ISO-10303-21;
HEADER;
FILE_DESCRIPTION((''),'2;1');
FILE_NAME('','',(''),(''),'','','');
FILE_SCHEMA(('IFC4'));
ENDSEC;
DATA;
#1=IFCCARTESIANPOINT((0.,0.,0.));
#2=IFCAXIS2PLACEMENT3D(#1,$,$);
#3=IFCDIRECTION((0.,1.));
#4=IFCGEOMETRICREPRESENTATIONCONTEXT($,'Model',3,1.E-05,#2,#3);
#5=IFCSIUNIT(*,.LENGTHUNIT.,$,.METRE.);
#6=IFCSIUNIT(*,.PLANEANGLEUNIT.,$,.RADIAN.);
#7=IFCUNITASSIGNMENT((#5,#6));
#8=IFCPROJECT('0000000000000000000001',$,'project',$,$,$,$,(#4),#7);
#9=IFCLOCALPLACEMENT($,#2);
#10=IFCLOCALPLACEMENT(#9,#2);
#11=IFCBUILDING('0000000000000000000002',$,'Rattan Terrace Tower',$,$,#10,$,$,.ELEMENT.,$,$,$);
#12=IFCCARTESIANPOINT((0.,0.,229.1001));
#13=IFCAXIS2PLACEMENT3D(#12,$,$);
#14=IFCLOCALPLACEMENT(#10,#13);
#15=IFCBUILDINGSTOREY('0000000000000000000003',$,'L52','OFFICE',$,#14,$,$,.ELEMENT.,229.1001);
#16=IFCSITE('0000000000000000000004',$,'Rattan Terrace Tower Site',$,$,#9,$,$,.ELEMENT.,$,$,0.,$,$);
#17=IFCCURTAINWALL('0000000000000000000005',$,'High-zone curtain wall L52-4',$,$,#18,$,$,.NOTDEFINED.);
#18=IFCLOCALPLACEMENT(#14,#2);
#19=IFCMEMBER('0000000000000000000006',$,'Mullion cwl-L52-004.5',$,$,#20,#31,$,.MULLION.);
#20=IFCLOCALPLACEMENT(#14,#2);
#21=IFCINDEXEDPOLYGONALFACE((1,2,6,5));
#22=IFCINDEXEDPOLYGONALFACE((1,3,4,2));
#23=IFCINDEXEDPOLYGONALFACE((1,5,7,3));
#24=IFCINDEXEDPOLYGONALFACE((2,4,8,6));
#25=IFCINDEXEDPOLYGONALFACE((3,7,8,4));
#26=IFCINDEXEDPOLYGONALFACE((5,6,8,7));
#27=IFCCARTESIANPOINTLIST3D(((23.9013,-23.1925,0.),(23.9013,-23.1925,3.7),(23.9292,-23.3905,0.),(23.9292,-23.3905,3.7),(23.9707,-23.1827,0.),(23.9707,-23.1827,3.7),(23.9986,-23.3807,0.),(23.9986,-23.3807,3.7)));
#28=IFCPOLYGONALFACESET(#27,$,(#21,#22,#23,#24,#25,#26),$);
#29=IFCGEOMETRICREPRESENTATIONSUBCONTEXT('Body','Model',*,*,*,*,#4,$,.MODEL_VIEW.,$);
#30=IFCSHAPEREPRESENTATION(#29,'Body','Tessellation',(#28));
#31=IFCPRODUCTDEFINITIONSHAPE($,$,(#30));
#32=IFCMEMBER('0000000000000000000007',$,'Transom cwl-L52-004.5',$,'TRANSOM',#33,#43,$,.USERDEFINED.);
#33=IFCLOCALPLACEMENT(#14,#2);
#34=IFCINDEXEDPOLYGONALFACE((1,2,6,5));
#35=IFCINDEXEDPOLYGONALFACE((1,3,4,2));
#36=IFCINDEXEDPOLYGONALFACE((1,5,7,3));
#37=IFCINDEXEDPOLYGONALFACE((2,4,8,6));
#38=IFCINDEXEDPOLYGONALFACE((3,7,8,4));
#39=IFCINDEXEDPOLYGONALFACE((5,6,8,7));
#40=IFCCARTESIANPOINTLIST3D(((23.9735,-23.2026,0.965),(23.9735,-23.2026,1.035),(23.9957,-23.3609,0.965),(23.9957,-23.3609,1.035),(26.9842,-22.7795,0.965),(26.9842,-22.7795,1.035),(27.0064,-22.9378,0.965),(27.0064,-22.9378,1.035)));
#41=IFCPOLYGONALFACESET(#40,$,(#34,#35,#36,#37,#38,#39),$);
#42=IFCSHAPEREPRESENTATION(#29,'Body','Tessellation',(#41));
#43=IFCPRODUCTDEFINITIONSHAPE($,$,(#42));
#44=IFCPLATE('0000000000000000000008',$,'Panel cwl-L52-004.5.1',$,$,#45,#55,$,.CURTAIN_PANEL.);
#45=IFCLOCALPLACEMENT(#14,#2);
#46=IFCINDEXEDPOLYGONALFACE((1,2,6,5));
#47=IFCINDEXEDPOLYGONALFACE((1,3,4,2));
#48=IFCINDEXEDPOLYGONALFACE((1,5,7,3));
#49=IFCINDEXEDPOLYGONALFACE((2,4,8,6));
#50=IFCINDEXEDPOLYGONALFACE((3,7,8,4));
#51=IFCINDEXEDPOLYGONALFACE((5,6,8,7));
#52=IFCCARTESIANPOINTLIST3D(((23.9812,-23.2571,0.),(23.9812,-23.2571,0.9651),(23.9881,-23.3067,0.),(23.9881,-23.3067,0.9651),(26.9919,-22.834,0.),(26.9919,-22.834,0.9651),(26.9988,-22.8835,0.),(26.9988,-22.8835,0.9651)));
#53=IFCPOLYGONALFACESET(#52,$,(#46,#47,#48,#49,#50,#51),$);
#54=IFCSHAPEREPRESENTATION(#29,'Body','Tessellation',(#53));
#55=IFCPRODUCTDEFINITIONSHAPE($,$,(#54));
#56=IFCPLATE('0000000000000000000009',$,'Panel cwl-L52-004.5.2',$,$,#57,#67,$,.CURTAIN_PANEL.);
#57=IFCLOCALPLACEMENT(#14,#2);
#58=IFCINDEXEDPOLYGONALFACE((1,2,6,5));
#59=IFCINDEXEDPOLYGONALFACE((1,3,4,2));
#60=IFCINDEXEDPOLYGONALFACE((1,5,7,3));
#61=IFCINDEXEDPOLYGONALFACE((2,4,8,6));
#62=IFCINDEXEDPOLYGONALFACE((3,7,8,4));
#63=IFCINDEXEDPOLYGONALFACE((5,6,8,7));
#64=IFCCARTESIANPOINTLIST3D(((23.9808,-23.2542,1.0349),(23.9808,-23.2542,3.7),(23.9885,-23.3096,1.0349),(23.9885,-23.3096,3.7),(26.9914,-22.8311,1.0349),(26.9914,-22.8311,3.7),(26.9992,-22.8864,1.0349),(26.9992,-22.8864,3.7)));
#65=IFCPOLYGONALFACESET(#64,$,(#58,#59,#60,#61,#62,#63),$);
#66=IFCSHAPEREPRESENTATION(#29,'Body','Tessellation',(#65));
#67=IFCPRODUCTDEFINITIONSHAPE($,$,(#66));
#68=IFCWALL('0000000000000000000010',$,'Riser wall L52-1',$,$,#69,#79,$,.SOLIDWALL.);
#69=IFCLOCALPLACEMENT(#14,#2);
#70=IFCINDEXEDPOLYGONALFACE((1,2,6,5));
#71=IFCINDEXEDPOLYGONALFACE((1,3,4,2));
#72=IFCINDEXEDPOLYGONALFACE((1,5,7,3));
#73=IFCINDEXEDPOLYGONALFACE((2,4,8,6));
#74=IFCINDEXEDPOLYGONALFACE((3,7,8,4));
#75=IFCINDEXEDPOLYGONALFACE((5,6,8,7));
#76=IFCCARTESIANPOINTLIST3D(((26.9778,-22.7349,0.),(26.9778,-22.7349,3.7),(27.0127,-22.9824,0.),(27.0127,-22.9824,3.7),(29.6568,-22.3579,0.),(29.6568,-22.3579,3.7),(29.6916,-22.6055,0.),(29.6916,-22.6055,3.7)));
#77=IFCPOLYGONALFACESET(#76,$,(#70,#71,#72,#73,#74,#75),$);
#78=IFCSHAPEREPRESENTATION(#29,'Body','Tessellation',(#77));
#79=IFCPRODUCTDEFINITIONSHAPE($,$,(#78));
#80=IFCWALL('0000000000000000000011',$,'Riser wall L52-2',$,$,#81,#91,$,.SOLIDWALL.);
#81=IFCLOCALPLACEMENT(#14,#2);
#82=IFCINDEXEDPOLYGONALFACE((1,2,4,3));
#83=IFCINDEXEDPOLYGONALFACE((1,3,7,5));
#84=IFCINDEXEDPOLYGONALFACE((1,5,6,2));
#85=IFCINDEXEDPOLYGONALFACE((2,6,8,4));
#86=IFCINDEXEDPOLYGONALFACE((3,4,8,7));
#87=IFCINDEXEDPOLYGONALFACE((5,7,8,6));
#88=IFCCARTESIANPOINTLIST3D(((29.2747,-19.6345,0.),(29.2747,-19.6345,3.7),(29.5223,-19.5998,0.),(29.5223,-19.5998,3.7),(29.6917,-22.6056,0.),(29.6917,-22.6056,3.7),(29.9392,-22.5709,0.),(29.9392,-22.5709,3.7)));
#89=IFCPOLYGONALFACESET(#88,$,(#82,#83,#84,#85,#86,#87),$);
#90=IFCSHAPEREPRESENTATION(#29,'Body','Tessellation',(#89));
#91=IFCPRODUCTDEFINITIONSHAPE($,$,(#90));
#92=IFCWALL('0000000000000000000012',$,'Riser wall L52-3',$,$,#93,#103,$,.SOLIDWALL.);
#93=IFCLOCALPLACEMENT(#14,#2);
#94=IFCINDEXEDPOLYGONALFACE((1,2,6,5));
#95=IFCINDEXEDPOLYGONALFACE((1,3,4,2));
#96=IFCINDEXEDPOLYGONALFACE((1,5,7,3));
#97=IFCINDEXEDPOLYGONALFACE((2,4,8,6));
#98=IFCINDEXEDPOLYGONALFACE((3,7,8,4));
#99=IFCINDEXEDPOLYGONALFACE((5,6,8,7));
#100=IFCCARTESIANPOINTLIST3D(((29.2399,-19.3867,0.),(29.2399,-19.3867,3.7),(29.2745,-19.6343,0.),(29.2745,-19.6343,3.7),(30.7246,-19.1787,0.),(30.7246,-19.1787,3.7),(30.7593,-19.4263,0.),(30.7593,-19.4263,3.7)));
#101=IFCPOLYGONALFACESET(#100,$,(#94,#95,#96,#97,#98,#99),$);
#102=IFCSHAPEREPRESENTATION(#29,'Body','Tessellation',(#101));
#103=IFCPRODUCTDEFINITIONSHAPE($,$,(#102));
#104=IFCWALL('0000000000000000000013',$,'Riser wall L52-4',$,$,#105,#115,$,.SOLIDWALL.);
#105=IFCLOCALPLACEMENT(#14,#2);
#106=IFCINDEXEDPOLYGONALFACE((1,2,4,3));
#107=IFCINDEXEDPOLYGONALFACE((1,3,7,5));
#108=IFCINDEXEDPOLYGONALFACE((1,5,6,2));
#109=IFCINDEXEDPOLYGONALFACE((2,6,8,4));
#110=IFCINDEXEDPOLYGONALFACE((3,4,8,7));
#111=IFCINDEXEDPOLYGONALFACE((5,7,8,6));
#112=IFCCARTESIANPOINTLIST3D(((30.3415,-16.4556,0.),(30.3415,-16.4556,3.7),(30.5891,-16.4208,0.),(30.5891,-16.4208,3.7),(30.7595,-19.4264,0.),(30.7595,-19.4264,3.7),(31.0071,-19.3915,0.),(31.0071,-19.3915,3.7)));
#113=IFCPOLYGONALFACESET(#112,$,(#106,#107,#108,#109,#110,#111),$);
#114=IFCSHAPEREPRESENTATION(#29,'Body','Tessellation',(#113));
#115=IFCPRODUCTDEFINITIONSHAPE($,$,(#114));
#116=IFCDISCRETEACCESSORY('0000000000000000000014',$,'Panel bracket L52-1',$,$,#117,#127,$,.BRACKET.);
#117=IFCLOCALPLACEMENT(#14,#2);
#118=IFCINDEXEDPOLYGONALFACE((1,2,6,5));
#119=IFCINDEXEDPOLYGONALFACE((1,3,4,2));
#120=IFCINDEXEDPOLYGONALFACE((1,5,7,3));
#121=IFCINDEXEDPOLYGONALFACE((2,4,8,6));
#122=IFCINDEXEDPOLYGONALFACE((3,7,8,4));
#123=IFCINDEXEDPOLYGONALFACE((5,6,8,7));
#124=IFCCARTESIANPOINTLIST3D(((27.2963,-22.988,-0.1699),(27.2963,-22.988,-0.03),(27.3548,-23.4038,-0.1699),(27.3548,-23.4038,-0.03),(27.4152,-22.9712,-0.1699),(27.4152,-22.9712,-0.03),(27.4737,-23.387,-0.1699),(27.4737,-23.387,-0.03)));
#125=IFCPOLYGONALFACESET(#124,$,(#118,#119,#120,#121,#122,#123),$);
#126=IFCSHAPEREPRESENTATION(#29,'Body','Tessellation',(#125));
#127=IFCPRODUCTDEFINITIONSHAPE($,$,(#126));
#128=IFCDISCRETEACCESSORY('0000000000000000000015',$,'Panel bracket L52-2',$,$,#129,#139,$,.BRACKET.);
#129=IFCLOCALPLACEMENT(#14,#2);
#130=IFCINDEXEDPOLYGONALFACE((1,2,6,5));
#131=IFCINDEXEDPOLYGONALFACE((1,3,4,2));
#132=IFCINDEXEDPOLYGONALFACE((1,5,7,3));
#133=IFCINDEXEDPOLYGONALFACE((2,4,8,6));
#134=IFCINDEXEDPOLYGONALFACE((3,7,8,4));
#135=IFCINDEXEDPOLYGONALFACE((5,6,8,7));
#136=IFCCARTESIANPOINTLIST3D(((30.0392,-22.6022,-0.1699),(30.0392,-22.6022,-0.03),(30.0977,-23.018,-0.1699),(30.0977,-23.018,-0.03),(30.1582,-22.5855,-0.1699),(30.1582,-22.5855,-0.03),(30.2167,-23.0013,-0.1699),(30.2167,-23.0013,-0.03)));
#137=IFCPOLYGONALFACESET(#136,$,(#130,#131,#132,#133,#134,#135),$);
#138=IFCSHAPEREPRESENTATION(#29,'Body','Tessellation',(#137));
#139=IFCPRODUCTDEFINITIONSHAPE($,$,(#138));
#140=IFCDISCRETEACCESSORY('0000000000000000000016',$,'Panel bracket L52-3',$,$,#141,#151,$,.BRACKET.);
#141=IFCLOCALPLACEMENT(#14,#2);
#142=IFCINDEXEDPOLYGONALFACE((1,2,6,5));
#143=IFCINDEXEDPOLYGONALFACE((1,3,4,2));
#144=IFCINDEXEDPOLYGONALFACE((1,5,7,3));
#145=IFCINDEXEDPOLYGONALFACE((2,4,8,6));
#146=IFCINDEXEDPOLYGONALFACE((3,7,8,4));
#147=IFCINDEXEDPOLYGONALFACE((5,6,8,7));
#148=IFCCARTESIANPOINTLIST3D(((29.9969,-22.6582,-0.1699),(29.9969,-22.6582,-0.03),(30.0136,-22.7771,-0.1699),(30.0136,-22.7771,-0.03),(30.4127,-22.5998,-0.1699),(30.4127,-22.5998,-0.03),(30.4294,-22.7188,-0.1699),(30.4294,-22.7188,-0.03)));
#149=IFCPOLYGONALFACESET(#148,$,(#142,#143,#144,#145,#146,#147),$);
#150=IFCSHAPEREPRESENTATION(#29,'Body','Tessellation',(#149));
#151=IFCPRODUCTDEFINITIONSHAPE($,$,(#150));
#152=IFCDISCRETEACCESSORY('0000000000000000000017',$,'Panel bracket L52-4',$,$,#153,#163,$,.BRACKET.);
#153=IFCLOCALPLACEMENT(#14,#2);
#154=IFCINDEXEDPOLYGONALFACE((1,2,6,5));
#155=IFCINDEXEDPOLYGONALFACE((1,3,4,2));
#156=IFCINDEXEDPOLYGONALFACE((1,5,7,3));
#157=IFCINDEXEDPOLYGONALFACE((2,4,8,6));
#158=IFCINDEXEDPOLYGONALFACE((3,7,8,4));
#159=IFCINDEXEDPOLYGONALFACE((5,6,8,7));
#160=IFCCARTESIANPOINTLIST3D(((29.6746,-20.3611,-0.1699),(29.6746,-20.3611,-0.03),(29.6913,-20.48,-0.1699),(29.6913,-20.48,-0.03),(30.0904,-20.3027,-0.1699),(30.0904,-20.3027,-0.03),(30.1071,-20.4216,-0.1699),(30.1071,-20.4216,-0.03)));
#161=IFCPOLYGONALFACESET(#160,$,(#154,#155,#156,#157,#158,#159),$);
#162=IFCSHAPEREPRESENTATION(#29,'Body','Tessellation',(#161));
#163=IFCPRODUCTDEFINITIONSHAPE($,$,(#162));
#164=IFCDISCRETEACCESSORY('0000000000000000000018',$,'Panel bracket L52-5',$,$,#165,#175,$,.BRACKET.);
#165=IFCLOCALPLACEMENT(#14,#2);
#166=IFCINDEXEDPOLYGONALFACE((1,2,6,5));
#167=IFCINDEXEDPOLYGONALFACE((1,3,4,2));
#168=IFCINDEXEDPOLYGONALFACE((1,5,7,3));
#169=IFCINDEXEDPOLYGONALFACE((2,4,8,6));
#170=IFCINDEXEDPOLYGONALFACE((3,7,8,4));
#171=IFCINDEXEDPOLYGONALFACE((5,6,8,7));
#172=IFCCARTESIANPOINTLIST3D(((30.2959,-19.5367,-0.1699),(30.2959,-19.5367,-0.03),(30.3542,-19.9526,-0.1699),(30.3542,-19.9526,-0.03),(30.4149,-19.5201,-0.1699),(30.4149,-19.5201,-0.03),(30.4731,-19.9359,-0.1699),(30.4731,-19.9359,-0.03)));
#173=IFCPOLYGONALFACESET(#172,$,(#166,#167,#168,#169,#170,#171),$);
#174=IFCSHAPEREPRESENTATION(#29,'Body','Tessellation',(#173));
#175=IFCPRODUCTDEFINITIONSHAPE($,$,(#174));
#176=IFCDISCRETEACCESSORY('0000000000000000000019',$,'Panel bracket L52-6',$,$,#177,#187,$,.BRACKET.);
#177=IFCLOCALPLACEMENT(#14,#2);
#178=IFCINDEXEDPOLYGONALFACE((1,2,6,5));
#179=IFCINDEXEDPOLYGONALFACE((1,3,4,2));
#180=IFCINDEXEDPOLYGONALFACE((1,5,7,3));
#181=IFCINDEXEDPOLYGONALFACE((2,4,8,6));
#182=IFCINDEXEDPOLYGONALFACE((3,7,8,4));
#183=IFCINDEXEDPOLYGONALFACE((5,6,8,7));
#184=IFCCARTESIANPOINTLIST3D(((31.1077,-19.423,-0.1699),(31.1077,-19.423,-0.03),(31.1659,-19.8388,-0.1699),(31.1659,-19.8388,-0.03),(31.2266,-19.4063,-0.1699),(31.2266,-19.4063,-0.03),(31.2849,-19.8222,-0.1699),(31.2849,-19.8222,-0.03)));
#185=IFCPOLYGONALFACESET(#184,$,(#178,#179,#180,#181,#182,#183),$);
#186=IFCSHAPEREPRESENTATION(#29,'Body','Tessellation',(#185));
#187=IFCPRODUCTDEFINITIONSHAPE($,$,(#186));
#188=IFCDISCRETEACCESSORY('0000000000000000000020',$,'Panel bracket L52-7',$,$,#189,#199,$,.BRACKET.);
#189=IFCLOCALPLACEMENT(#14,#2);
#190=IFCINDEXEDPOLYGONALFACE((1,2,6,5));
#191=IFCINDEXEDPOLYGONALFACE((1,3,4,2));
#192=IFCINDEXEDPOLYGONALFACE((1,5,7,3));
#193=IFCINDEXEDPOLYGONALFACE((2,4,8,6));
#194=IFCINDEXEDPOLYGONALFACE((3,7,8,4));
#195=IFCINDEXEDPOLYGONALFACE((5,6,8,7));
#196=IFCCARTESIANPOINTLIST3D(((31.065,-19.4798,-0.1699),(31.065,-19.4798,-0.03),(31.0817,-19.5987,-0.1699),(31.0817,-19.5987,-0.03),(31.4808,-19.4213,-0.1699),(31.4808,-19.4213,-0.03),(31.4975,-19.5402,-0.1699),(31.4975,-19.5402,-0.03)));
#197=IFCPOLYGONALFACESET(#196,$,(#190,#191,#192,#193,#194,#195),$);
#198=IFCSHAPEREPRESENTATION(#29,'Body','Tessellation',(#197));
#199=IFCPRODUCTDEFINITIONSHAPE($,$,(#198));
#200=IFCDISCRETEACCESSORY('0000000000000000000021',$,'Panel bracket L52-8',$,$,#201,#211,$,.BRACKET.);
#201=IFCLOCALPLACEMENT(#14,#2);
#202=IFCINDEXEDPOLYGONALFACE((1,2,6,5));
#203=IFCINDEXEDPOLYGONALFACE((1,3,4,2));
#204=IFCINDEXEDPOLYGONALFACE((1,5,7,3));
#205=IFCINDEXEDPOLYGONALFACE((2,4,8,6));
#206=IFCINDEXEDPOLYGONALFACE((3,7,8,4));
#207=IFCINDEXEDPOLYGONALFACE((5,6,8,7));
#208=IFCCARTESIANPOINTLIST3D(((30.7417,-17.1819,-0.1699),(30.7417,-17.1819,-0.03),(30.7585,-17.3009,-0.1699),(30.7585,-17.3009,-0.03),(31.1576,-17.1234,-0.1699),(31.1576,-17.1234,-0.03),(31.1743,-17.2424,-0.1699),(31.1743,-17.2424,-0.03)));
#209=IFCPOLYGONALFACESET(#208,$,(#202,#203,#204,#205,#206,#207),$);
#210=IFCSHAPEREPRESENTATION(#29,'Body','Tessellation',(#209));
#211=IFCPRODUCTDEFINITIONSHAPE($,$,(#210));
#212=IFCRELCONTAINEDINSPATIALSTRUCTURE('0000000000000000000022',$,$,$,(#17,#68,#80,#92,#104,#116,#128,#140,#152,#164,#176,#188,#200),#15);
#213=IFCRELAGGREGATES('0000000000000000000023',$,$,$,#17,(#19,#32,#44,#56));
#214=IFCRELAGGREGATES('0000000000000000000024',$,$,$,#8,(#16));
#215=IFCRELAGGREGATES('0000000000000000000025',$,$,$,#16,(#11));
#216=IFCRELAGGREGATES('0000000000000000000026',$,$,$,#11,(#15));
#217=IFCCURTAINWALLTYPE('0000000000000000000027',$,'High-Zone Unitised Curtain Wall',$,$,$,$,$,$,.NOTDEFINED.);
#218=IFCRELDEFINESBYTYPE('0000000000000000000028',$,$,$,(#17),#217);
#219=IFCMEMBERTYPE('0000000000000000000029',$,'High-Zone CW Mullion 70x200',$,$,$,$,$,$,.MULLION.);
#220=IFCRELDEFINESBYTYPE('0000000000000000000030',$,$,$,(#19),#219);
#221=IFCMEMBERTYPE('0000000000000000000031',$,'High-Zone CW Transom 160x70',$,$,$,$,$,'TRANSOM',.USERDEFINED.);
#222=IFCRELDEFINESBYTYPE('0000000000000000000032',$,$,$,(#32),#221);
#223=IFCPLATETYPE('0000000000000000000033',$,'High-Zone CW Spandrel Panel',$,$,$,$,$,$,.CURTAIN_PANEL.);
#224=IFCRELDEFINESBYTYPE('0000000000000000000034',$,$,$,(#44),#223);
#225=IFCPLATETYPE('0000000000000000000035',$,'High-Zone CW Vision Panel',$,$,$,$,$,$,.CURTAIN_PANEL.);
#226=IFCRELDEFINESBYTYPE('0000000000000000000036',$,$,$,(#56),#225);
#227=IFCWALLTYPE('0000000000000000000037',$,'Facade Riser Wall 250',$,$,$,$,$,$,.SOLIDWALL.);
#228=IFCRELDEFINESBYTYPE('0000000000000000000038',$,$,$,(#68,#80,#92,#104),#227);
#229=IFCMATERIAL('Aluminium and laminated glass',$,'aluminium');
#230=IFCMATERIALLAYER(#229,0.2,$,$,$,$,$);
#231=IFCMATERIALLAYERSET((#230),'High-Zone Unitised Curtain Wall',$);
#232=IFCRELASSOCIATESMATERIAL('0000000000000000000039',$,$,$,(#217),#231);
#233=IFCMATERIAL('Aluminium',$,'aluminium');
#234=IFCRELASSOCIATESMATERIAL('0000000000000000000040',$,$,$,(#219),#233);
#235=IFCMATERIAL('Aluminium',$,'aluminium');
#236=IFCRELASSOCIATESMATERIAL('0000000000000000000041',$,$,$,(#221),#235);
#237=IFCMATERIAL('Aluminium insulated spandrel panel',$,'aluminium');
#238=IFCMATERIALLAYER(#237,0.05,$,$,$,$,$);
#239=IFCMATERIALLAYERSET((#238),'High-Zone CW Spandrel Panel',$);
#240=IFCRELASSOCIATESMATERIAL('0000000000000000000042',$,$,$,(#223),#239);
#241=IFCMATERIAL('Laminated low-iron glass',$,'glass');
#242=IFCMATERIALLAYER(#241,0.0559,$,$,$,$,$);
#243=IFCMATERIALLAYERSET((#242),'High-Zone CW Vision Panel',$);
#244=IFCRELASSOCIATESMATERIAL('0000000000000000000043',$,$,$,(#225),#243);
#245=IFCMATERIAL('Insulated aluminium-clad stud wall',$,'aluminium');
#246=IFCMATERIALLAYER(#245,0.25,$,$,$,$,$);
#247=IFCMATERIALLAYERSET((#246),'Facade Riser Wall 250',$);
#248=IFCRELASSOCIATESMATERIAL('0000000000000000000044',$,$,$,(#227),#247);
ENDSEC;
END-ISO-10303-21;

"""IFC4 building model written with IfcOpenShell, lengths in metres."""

from ifc_helpers import new_model, si_unit, direction, frame, frame_2d, origin, origin_2d, place, context, subcontext, project, spatial, rectangle, extrude, material, layer, layer_set, material_profile, profile_set, type_object, element, aggregate, save


model = new_model("IFC4")

# Units and contexts
model_context = context("Model", 3, precision=1e-05, world=origin(), true_north=direction((0.0, 1.0)))
body_context = subcontext(model_context, "Body", "Model", "MODEL_VIEW")
ifc_project = project(units=[si_unit("LENGTHUNIT", "METRE"), si_unit("PLANEANGLEUNIT", "RADIAN")], contexts=[model_context])

# Site, building, storey
site_placement = place(None, origin())
site = spatial("IfcSite", under=ifc_project, at=site_placement, Name="Rattan Terrace Tower Site", CompositionType="ELEMENT", RefElevation=0.0)
building_placement = place(site_placement, origin())
building = spatial("IfcBuilding", under=site, at=building_placement, Name="Rattan Terrace Tower", CompositionType="ELEMENT")
storey_placement = place(building_placement, frame((0.0, 0.0, 229.1001)))
storey = spatial("IfcBuildingStorey", under=building, at=storey_placement, Name="L52", Description="OFFICE", CompositionType="ELEMENT", Elevation=229.1001)

# Curtain wall, members, plates
ifc_material_1 = material(Name="Aluminium and laminated glass", Category="aluminium")
ifc_layer_1 = layer(ifc_material_1, 0.2)
ifc_layer_set_1 = layer_set([ifc_layer_1], Name="High-Zone Unitised Curtain Wall")
curtain_wall_type = type_object("IfcCurtainWallType", Name="High-Zone Unitised Curtain Wall", PredefinedType="NOTDEFINED", material=ifc_layer_set_1)
curtain_wall_placement = place(storey_placement, origin())
curtain_wall = element("IfcCurtainWall", 1, at=curtain_wall_placement, inside=storey, type_object=curtain_wall_type, Name="High-zone curtain wall L52-4", PredefinedType="NOTDEFINED")
ifc_material_2 = material(Name="Aluminium", Category="aluminium")
ifc_material_profile_1 = material_profile(ifc_material_2, rectangle(XDim=0.0701, YDim=0.2, at=origin_2d()), Name="Aluminium 70x200")
ifc_profile_set_1 = profile_set([ifc_material_profile_1], Name="Aluminium")
member_type_1 = type_object("IfcMemberType", Name="High-Zone CW Mullion 70x200", PredefinedType="MULLION", material=ifc_profile_set_1)
member_1_placement = place(storey_placement, frame((23.95, -23.2866, 0.0), z_axis=(0.0, 0.0, 1.0), x_axis=(0.990267, 0.139177, 0.0)))
member_1 = element("IfcMember", 2, at=member_1_placement, type_object=member_type_1, Name="Mullion cwl-L52-004.5", PredefinedType="MULLION", context=body_context, shape_type="SweptSolid", body=[
    extrude(rectangle(XDim=0.0701, YDim=0.2, at=origin_2d()), origin(), (0.0, 0.0, 1.0), 3.7),
])
ifc_material_3 = material(Name="Aluminium", Category="aluminium")
ifc_material_profile_2 = material_profile(ifc_material_3, rectangle(XDim=0.1599, YDim=0.0701, at=origin_2d()), Name="Aluminium 160x70")
ifc_profile_set_2 = profile_set([ifc_material_profile_2], Name="Aluminium")
member_type_2 = type_object("IfcMemberType", Name="High-Zone CW Transom 160x70", ElementType="TRANSOM", PredefinedType="USERDEFINED", material=ifc_profile_set_2)
member_2_placement = place(storey_placement, frame((23.9846, -23.2817, 1.0), z_axis=(0.99027, 0.139161, 0.0), x_axis=(-0.139161, 0.99027, 0.0)))
member_2 = element("IfcMember", 3, at=member_2_placement, type_object=member_type_2, Name="Transom cwl-L52-004.5", ObjectType="TRANSOM", PredefinedType="USERDEFINED", context=body_context, shape_type="SweptSolid", body=[
    extrude(rectangle(XDim=0.1599, YDim=0.0701, at=origin_2d()), origin(), (0.0, 0.0, 1.0), 3.0403),
])
ifc_material_4 = material(Name="Aluminium insulated spandrel panel", Category="aluminium")
ifc_layer_2 = layer(ifc_material_4, 0.05)
ifc_layer_set_2 = layer_set([ifc_layer_2], Name="High-Zone CW Spandrel Panel")
plate_type_1 = type_object("IfcPlateType", Name="High-Zone CW Spandrel Panel", PredefinedType="CURTAIN_PANEL", material=ifc_layer_set_2)
plate_1_placement = place(storey_placement, frame((25.49, -23.0703, 0.0), z_axis=(0.0, 0.0, 1.0), x_axis=(0.990267, 0.139177, 0.0)))
plate_1 = element("IfcPlate", 4, at=plate_1_placement, type_object=plate_type_1, Name="Panel cwl-L52-004.5.1", PredefinedType="CURTAIN_PANEL", context=body_context, shape_type="SweptSolid", body=[
    extrude(rectangle(XDim=3.0403, YDim=0.05, at=origin_2d()), origin(), (0.0, 0.0, 1.0), 0.9651),
])
ifc_material_5 = material(Name="Laminated low-iron glass", Category="glass")
ifc_layer_3 = layer(ifc_material_5, 0.0559)
ifc_layer_set_3 = layer_set([ifc_layer_3], Name="High-Zone CW Vision Panel")
plate_type_2 = type_object("IfcPlateType", Name="High-Zone CW Vision Panel", PredefinedType="CURTAIN_PANEL", material=ifc_layer_set_3)
plate_2_placement = place(storey_placement, frame((25.49, -23.0703, 1.0349), z_axis=(0.0, 0.0, 1.0), x_axis=(0.990267, 0.139177, 0.0)))
plate_2 = element("IfcPlate", 5, at=plate_2_placement, type_object=plate_type_2, Name="Panel cwl-L52-004.5.2", PredefinedType="CURTAIN_PANEL", context=body_context, shape_type="SweptSolid", body=[
    extrude(rectangle(XDim=3.0403, YDim=0.0559, at=origin_2d()), origin(), (0.0, 0.0, 1.0), 2.665),
])
aggregate(curtain_wall, [member_1, member_2, plate_1, plate_2])

# Walls
ifc_material_6 = material(Name="Insulated aluminium-clad stud wall", Category="aluminium")
ifc_layer_4 = layer(ifc_material_6, 0.25)
ifc_layer_set_4 = layer_set([ifc_layer_4], Name="Facade Riser Wall 250")
wall_type = type_object("IfcWallType", Name="Facade Riser Wall 250", PredefinedType="SOLIDWALL", material=ifc_layer_set_4)
wall_1_placement = place(storey_placement, frame((26.9954, -22.8586, 0.0), z_axis=(0.0, 0.0, 1.0), x_axis=(0.990245, 0.139336, 0.0)))
element("IfcWall", 6, at=wall_1_placement, inside=storey, type_object=wall_type, Name="Riser wall L52-1", PredefinedType="SOLIDWALL", context=body_context, shape_type="SweptSolid", body=[
    extrude(rectangle(XDim=2.7053, YDim=0.25, at=frame_2d((1.3525, 0.0))), origin(), (0.0, 0.0, 1.0), 3.7),
])
wall_2_placement = place(storey_placement, frame((29.8154, -22.5881, 0.0), z_axis=(0.0, 0.0, 1.0), x_axis=(-0.138983, 0.990295, 0.0)))
element("IfcWall", 7, at=wall_2_placement, inside=storey, type_object=wall_type, Name="Riser wall L52-2", PredefinedType="SOLIDWALL", context=body_context, shape_type="SweptSolid", body=[
    extrude(rectangle(XDim=3.0002, YDim=0.25, at=frame_2d((1.5, 0.0))), origin(), (0.0, 0.0, 1.0), 3.7),
])
wall_3_placement = place(storey_placement, frame((29.2573, -19.5105, 0.0), z_axis=(0.0, 0.0, 1.0), x_axis=(0.99033, 0.138731, 0.0)))
element("IfcWall", 8, at=wall_3_placement, inside=storey, type_object=wall_type, Name="Riser wall L52-3", PredefinedType="SOLIDWALL", context=body_context, shape_type="SweptSolid", body=[
    extrude(rectangle(XDim=1.4993, YDim=0.25, at=frame_2d((0.7495, 0.0))), origin(), (0.0, 0.0, 1.0), 3.7),
])
wall_4_placement = place(storey_placement, frame((30.8833, -19.4089, 0.0), z_axis=(0.0, 0.0, 1.0), x_axis=(-0.139325, 0.990247, 0.0)))
element("IfcWall", 9, at=wall_4_placement, inside=storey, type_object=wall_type, Name="Riser wall L52-4", PredefinedType="SOLIDWALL", context=body_context, shape_type="SweptSolid", body=[
    extrude(rectangle(XDim=3.0, YDim=0.25, at=frame_2d((1.5, 0.0))), origin(), (0.0, 0.0, 1.0), 3.7),
])

# Discrete accessories
for number, where, z_axis, x_axis, name in (
    (10, (27.385, -23.1875, -0.1699), (0.0, 0.0, 1.0), (0.990247, 0.139321, 0.0), "Panel bracket L52-1"),
    (11, (30.1279, -22.8018, -0.1699), (0.0, 0.0, 1.0), (0.990247, 0.139321, 0.0), "Panel bracket L52-2"),
    (12, (30.2131, -22.6885, -0.1699), (0.0, 0.0, 1.0), (-0.138994, 0.990293, 0.0), "Panel bracket L52-3"),
    (13, (29.8909, -20.3914, -0.1699), (0.0, 0.0, 1.0), (-0.138994, 0.990293, 0.0), "Panel bracket L52-4"),
    (14, (30.3845, -19.7363, -0.1699), (0.0, 0.0, 1.0), (0.990333, 0.138713, 0.0), "Panel bracket L52-5"),
    (15, (31.1963, -19.6226, -0.1699), (0.0, 0.0, 1.0), (0.990333, 0.138713, 0.0), "Panel bracket L52-6"),
    (16, (31.2812, -19.51, -0.1699), (0.0, 0.0, 1.0), (-0.139321, 0.990247, 0.0), "Panel bracket L52-7"),
    (17, (30.958, -17.2122, -0.1699), (0.0, 0.0, 1.0), (-0.139321, 0.990247, 0.0), "Panel bracket L52-8"),
):
    element("IfcDiscreteAccessory", number, at=place(storey_placement, frame(where, z_axis=z_axis, x_axis=x_axis)), inside=storey, Name=name, PredefinedType="BRACKET", context=body_context, shape_type="SweptSolid", body=[
        extrude(rectangle(XDim=0.1201, YDim=0.4199, at=origin_2d()), origin(), (0.0, 0.0, 1.0), 0.1399),
    ])

save(model, "model.ifc")
